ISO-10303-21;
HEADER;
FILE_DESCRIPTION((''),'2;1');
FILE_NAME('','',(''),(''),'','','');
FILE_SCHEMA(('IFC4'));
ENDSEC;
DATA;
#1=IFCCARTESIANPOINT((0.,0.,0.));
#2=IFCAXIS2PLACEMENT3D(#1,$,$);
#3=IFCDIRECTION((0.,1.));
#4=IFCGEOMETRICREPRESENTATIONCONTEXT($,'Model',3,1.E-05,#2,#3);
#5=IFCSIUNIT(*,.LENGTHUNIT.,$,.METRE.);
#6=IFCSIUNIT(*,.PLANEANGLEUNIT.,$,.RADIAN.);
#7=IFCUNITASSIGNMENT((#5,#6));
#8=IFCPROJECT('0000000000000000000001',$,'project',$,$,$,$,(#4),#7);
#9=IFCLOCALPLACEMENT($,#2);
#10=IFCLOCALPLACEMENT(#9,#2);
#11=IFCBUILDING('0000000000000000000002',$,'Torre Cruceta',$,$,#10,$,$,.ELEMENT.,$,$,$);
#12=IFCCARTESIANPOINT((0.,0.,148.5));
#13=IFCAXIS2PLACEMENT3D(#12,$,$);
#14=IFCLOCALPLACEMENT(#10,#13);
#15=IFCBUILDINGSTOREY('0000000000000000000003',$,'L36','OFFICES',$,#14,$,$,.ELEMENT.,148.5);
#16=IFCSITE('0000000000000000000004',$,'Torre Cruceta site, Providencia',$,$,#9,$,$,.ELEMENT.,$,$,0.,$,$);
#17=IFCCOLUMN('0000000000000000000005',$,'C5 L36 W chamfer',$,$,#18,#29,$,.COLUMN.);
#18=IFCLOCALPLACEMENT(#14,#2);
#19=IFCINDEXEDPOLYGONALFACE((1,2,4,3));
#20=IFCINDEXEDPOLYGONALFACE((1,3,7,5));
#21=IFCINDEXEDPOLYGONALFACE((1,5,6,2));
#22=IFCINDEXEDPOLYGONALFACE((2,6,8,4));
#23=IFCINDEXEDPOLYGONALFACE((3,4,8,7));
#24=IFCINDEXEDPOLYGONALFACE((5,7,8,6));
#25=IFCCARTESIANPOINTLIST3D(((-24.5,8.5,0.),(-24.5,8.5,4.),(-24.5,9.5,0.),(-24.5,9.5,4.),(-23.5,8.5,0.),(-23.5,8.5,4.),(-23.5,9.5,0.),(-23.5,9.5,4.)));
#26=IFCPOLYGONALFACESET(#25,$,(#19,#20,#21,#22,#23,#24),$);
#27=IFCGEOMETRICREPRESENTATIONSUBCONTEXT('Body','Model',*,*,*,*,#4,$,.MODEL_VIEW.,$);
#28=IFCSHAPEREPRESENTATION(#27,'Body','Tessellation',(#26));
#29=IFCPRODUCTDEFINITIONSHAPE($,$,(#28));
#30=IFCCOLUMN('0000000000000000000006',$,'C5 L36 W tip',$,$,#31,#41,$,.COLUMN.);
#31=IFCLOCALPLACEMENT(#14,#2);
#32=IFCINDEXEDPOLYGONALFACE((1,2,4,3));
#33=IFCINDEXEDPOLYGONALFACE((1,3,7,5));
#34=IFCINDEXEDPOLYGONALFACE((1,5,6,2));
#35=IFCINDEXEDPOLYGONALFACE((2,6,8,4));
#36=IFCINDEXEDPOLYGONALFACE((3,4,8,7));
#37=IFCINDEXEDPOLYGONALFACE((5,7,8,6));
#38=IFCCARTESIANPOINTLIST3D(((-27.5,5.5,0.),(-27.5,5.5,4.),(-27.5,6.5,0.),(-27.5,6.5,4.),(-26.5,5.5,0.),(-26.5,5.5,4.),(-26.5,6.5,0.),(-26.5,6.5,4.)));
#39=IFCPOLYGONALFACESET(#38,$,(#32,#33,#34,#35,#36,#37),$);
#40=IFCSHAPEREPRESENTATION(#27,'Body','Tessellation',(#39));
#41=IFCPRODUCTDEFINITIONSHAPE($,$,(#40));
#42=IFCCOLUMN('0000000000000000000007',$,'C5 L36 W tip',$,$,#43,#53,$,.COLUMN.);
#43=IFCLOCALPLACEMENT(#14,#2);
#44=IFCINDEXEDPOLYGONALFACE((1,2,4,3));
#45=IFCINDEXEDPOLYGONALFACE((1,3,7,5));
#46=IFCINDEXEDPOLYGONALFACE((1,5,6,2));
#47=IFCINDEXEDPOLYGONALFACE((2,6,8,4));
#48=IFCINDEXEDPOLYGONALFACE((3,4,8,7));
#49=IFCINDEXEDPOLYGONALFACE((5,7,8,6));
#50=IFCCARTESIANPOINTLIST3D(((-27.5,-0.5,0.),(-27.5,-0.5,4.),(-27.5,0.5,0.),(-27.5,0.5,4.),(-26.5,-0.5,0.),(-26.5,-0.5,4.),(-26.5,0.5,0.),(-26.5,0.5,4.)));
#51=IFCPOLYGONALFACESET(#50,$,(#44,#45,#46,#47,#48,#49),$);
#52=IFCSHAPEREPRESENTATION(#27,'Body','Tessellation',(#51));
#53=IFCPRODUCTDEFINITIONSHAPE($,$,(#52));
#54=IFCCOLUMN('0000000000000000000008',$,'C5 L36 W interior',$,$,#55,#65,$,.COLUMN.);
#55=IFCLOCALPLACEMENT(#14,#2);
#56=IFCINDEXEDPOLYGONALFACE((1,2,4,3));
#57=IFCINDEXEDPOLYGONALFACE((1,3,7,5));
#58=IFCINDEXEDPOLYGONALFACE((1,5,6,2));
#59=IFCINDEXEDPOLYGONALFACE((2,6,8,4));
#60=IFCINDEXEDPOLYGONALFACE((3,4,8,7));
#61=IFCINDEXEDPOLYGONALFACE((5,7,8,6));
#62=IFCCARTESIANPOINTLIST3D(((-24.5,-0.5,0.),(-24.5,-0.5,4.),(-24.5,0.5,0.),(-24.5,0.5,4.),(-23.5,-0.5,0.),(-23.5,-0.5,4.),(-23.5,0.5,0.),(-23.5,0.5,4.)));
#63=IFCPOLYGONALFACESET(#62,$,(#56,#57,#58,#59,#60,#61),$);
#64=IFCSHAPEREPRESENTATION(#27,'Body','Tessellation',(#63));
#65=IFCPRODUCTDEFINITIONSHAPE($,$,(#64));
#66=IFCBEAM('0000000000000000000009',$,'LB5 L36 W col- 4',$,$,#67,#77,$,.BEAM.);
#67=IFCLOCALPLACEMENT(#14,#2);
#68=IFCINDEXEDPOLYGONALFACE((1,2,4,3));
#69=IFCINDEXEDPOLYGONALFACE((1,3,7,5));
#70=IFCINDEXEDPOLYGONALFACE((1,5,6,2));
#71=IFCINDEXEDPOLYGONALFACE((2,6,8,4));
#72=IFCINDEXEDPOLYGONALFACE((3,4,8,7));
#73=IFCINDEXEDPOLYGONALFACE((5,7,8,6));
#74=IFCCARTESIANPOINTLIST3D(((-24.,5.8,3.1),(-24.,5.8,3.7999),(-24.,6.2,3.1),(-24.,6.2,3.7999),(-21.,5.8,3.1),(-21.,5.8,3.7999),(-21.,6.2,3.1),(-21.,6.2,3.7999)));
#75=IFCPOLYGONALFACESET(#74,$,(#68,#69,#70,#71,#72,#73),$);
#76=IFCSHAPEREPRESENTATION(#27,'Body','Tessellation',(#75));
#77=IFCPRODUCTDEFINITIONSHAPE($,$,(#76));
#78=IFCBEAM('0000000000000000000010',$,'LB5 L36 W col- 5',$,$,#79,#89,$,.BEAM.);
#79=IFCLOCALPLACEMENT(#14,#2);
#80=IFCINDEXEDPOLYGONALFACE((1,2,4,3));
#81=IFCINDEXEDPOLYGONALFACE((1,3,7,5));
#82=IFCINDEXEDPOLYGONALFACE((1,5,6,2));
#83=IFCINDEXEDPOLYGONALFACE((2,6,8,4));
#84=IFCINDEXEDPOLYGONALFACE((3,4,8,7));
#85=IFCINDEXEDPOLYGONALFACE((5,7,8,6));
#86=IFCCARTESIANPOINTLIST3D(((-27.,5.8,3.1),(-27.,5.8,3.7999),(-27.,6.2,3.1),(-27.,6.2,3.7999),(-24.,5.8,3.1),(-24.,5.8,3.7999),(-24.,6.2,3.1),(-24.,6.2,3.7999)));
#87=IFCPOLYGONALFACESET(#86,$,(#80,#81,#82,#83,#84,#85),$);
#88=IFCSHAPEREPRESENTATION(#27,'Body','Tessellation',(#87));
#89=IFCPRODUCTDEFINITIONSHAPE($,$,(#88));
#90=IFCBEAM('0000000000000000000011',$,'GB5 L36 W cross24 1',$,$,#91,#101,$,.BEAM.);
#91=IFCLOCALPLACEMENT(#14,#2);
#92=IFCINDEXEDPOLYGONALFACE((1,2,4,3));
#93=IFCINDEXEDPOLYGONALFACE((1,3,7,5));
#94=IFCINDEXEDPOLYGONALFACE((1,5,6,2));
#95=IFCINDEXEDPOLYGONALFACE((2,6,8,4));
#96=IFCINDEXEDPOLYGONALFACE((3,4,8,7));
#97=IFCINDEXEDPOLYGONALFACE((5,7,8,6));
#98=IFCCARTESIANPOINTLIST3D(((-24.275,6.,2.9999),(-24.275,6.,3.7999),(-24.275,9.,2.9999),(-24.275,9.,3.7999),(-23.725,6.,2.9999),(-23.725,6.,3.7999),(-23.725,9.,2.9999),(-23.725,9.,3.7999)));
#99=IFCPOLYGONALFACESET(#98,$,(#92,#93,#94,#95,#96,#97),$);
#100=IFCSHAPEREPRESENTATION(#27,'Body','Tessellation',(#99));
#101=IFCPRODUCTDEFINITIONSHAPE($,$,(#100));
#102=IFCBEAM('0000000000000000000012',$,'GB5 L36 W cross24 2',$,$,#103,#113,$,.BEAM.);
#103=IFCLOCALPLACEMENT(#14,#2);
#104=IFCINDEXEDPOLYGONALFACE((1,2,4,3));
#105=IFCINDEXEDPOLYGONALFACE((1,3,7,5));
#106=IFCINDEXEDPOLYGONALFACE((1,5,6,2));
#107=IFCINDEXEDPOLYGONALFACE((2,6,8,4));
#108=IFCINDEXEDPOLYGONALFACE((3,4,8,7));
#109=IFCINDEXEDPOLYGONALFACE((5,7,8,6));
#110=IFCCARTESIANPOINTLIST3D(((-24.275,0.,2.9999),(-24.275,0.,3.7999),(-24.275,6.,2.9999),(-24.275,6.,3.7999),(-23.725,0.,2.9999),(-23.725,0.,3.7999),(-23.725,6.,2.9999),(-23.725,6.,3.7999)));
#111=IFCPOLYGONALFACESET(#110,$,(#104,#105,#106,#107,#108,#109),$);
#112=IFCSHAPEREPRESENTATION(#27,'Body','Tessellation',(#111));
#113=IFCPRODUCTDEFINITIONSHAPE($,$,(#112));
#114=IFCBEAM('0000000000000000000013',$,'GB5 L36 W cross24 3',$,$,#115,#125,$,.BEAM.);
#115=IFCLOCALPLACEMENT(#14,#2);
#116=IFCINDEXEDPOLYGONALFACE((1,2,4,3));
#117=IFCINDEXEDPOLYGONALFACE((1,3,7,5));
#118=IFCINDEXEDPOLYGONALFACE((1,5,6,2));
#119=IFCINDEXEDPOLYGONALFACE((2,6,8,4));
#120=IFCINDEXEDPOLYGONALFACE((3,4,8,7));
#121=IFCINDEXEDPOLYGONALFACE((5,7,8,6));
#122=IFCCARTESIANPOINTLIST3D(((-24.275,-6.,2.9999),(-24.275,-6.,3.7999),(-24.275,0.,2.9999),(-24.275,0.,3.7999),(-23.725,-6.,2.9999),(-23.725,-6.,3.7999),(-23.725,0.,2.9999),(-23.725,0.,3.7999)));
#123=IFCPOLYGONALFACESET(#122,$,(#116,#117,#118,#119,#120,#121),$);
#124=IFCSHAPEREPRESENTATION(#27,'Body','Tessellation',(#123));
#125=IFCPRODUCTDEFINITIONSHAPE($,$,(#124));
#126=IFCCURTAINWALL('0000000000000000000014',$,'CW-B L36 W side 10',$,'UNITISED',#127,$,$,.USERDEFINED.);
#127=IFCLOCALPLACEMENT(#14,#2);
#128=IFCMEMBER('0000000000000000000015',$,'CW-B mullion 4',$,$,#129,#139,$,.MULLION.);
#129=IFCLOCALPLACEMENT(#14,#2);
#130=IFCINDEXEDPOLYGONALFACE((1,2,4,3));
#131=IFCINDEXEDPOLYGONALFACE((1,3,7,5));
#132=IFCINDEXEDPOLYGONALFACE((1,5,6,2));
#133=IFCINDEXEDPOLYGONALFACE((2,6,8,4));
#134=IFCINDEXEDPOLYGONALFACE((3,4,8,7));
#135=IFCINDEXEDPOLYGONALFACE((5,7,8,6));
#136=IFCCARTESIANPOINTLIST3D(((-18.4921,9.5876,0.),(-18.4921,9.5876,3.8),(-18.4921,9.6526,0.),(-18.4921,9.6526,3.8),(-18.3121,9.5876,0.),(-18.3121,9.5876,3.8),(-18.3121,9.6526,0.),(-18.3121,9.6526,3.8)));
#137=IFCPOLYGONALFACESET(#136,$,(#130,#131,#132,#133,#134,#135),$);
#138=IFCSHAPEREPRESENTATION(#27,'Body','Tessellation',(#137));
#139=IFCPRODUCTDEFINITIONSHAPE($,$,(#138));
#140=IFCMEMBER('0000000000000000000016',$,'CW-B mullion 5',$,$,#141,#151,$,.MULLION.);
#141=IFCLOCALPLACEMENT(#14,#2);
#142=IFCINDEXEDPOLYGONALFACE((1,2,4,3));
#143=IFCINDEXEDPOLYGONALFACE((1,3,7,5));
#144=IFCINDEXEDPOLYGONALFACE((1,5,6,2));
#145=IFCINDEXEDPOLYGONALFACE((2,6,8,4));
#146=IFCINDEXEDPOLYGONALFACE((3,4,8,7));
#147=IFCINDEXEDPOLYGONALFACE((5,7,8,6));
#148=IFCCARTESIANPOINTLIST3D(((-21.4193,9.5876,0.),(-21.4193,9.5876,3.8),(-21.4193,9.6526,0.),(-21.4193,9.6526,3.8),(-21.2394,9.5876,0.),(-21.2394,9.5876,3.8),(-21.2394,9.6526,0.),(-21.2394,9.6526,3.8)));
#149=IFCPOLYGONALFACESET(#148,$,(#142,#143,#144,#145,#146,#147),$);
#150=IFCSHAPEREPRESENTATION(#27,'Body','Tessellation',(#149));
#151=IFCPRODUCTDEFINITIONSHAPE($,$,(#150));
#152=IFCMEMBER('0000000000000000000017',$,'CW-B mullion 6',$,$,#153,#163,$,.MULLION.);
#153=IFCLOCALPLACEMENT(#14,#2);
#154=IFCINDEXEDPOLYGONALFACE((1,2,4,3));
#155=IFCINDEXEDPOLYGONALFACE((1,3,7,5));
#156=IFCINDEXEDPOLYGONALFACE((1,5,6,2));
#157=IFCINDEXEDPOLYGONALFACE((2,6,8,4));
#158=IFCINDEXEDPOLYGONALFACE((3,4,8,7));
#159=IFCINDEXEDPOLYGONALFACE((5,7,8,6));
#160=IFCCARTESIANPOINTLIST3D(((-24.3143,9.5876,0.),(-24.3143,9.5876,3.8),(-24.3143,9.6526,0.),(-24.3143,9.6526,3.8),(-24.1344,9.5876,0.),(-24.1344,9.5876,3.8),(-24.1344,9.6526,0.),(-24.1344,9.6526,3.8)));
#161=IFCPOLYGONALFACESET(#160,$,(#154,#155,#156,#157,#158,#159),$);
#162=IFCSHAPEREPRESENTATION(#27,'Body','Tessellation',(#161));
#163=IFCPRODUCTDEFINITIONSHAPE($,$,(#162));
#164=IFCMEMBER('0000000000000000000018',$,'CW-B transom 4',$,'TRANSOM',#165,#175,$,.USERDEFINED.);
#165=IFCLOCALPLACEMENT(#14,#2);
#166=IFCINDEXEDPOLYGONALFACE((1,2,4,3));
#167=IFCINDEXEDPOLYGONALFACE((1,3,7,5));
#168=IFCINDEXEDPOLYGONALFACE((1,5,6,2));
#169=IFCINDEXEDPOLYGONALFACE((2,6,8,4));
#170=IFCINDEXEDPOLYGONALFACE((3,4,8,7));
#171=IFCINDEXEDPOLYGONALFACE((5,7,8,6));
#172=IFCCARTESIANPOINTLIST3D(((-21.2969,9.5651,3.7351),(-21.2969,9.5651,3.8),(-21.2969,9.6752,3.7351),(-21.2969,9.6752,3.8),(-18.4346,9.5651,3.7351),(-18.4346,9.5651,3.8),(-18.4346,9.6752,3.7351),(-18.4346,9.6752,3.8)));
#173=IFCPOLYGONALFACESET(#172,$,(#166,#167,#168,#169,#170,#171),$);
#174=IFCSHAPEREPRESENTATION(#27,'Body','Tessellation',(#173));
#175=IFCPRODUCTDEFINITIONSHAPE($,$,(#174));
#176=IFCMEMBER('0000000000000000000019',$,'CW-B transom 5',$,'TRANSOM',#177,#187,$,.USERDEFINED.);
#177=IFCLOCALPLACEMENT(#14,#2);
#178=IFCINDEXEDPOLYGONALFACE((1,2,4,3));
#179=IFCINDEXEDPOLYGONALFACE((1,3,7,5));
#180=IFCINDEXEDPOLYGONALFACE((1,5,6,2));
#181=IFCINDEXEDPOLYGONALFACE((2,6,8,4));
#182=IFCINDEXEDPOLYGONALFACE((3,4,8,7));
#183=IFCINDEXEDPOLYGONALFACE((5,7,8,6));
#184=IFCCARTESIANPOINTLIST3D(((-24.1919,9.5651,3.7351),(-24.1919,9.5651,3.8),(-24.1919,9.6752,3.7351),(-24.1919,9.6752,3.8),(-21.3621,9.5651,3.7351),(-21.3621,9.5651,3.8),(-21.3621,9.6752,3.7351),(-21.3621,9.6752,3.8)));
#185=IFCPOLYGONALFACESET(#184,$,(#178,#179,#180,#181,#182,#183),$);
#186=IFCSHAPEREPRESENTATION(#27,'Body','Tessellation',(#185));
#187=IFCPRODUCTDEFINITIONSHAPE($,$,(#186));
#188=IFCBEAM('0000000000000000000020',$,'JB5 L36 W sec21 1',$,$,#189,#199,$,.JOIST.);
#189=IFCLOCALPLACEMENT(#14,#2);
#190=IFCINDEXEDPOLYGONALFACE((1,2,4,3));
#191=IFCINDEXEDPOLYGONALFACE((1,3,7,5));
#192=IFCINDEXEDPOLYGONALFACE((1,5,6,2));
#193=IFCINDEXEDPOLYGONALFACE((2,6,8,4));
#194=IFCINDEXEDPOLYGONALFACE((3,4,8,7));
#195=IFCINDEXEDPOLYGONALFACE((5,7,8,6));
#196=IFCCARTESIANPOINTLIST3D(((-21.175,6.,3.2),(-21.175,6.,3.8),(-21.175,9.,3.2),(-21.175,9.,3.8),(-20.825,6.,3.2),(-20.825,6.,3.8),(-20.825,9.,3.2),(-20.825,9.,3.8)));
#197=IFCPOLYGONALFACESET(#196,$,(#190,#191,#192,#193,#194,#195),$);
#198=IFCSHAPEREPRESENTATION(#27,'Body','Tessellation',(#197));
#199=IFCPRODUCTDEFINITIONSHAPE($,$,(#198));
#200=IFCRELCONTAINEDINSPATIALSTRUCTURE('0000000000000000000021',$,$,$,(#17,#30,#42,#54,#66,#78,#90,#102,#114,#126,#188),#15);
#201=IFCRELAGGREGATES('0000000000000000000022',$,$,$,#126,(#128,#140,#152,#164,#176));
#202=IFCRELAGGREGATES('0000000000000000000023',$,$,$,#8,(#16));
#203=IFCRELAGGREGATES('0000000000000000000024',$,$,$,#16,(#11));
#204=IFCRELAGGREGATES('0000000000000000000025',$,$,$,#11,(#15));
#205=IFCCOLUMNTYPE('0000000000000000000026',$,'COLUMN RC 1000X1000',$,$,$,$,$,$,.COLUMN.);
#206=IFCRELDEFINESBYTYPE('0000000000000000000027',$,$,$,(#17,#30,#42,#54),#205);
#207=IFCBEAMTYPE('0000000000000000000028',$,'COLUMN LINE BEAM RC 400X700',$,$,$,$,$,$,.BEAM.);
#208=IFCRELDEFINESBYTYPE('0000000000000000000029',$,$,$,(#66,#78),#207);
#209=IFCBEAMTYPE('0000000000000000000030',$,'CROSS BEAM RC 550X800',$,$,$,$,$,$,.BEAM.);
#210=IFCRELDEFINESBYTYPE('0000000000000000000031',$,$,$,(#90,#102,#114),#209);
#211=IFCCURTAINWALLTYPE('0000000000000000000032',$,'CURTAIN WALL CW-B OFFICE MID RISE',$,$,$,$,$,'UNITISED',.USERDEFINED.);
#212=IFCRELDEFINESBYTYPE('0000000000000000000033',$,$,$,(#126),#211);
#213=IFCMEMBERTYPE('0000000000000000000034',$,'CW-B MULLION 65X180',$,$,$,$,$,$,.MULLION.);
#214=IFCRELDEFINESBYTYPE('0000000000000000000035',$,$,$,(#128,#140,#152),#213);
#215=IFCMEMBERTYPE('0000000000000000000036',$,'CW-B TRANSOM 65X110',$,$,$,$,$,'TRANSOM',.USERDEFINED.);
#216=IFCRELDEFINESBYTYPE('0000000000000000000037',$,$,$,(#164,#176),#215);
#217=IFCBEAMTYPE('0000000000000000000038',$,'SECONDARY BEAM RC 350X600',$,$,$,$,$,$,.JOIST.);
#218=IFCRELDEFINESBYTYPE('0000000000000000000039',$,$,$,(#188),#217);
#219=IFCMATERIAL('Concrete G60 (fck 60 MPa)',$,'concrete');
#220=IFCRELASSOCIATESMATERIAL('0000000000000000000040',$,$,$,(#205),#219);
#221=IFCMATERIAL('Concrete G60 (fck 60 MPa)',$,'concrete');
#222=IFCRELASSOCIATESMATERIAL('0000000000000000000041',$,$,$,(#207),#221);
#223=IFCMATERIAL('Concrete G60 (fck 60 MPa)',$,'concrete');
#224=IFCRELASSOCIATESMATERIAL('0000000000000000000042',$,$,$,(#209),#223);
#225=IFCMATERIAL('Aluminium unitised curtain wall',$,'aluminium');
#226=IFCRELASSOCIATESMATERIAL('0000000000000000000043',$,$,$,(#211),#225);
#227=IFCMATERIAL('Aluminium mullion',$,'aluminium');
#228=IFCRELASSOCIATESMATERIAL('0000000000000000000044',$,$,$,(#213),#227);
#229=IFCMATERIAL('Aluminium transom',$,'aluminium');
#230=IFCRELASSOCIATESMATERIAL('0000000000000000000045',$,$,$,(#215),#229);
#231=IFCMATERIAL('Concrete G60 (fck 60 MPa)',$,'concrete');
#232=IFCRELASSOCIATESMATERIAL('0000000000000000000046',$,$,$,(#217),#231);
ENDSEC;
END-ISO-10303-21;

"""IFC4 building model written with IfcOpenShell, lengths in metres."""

from ifc_helpers import new_model, si_unit, direction, frame, origin, origin_2d, place, context, subcontext, project, spatial, rectangle, extrude, material, material_profile, profile_set, type_object, element, aggregate, save


model = new_model("IFC4")

# Units and contexts
model_context = context("Model", 3, precision=1e-05, world=origin(), true_north=direction((0.0, 1.0)))
body_context = subcontext(model_context, "Body", "Model", "MODEL_VIEW")
ifc_project = project(units=[si_unit("LENGTHUNIT", "METRE"), si_unit("PLANEANGLEUNIT", "RADIAN")], contexts=[model_context])

# Site, building, storey
site_placement = place(None, origin())
site = spatial("IfcSite", under=ifc_project, at=site_placement, Name="Torre Cruceta site, Providencia", CompositionType="ELEMENT", RefElevation=0.0)
building_placement = place(site_placement, origin())
building = spatial("IfcBuilding", under=site, at=building_placement, Name="Torre Cruceta", CompositionType="ELEMENT")
storey_placement = place(building_placement, frame((0.0, 0.0, 148.5)))
storey = spatial("IfcBuildingStorey", under=building, at=storey_placement, Name="L36", Description="OFFICES", CompositionType="ELEMENT", Elevation=148.5)

# Columns
ifc_material_1 = material(Name="Concrete G60 (fck 60 MPa)", Category="concrete")
ifc_material_profile_1 = material_profile(ifc_material_1, rectangle(XDim=1.0, YDim=1.0, at=origin_2d()), Name="RC 1000X1000")
ifc_profile_set_1 = profile_set([ifc_material_profile_1], Name="Concrete G60 (fck 60 MPa)")
column_type = type_object("IfcColumnType", Name="COLUMN RC 1000X1000", PredefinedType="COLUMN", material=ifc_profile_set_1)
for number, where, z_axis, x_axis, name in (
    (1, (-24.0, 9.0, 0.0), (0.0, 0.0, 1.0), (1.0, 0.0, 0.0), "C5 L36 W chamfer"),
    (2, (-27.0, 6.0, 0.0), (0.0, 0.0, 1.0), (1.0, 0.0, 0.0), "C5 L36 W tip"),
    (3, (-27.0, 0.0, 0.0), (0.0, 0.0, 1.0), (1.0, 0.0, 0.0), "C5 L36 W tip"),
    (4, (-24.0, 0.0, 0.0), (0.0, 0.0, 1.0), (1.0, 0.0, 0.0), "C5 L36 W interior"),
):
    element("IfcColumn", number, at=place(storey_placement, frame(where, z_axis=z_axis, x_axis=x_axis)), inside=storey, type_object=column_type, Name=name, PredefinedType="COLUMN", context=body_context, shape_type="SweptSolid", body=[
        extrude(rectangle(XDim=1.0, YDim=1.0, at=origin_2d()), origin(), (0.0, 0.0, 1.0), 4.0),
    ])

# Beams
ifc_material_2 = material(Name="Concrete G60 (fck 60 MPa)", Category="concrete")
ifc_material_profile_2 = material_profile(ifc_material_2, rectangle(XDim=0.3999, YDim=0.7, at=origin_2d()), Name="RC 400X700")
ifc_profile_set_2 = profile_set([ifc_material_profile_2], Name="Concrete G60 (fck 60 MPa)")
beam_type_1 = type_object("IfcBeamType", Name="COLUMN LINE BEAM RC 400X700", PredefinedType="BEAM", material=ifc_profile_set_2)
for number, where, z_axis, x_axis, name in (
    (5, (-21.0, 6.0, 3.45), (-1.0, 0.0, 0.0), (0.0, -1.0, 0.0), "LB5 L36 W col- 4"),
    (6, (-24.0, 6.0, 3.45), (-1.0, 0.0, 0.0), (0.0, -1.0, 0.0), "LB5 L36 W col- 5"),
):
    element("IfcBeam", number, at=place(storey_placement, frame(where, z_axis=z_axis, x_axis=x_axis)), inside=storey, type_object=beam_type_1, Name=name, PredefinedType="BEAM", context=body_context, shape_type="SweptSolid", body=[
        extrude(rectangle(XDim=0.3999, YDim=0.7, at=origin_2d()), origin(), (0.0, 0.0, 1.0), 3.0),
    ])
ifc_material_3 = material(Name="Concrete G60 (fck 60 MPa)", Category="concrete")
ifc_material_profile_3 = material_profile(ifc_material_3, rectangle(XDim=0.55, YDim=0.8, at=origin_2d()), Name="RC 550X800")
ifc_profile_set_3 = profile_set([ifc_material_profile_3], Name="Concrete G60 (fck 60 MPa)")
beam_type_2 = type_object("IfcBeamType", Name="CROSS BEAM RC 550X800", PredefinedType="BEAM", material=ifc_profile_set_3)
beam_1_placement = place(storey_placement, frame((-24.0, 9.0, 3.3999), z_axis=(0.0, -1.0, 0.0), x_axis=(1.0, 0.0, 0.0)))
element("IfcBeam", 7, at=beam_1_placement, inside=storey, type_object=beam_type_2, Name="GB5 L36 W cross24 1", PredefinedType="BEAM", context=body_context, shape_type="SweptSolid", body=[
    extrude(rectangle(XDim=0.55, YDim=0.8, at=origin_2d()), origin(), (0.0, 0.0, 1.0), 3.0),
])
for number, where, z_axis, x_axis, name in (
    (8, (-24.0, 6.0, 3.3999), (0.0, -1.0, 0.0), (1.0, 0.0, 0.0), "GB5 L36 W cross24 2"),
    (9, (-24.0, 0.0, 3.3999), (0.0, -1.0, 0.0), (1.0, 0.0, 0.0), "GB5 L36 W cross24 3"),
):
    element("IfcBeam", number, at=place(storey_placement, frame(where, z_axis=z_axis, x_axis=x_axis)), inside=storey, type_object=beam_type_2, Name=name, PredefinedType="BEAM", context=body_context, shape_type="SweptSolid", body=[
        extrude(rectangle(XDim=0.55, YDim=0.8, at=origin_2d()), origin(), (0.0, 0.0, 1.0), 6.0),
    ])

# Curtain wall, members
ifc_material_4 = material(Name="Aluminium unitised curtain wall", Category="aluminium")
curtain_wall_type = type_object("IfcCurtainWallType", Name="CURTAIN WALL CW-B OFFICE MID RISE", ElementType="UNITISED", PredefinedType="USERDEFINED", material=ifc_material_4)
curtain_wall_placement = place(storey_placement, origin())
curtain_wall = element("IfcCurtainWall", 10, at=curtain_wall_placement, inside=storey, type_object=curtain_wall_type, Name="CW-B L36 W side 10", ObjectType="UNITISED", PredefinedType="USERDEFINED")
ifc_material_5 = material(Name="Aluminium mullion", Category="aluminium")
ifc_material_profile_4 = material_profile(ifc_material_5, rectangle(XDim=0.0649, YDim=0.1799, at=origin_2d()), Name="AL 65X180")
ifc_profile_set_4 = profile_set([ifc_material_profile_4], Name="Aluminium mullion")
member_type_1 = type_object("IfcMemberType", Name="CW-B MULLION 65X180", PredefinedType="MULLION", material=ifc_profile_set_4)
member_1_placement = place(storey_placement, frame((-18.4021, 9.6201, 0.0), z_axis=(0.0, 0.0, 1.0), x_axis=(0.0, -1.0, 0.0)))
member_1 = element("IfcMember", 11, at=member_1_placement, type_object=member_type_1, Name="CW-B mullion 4", PredefinedType="MULLION", context=body_context, shape_type="SweptSolid", body=[
    extrude(rectangle(XDim=0.0649, YDim=0.1799, at=origin_2d()), origin(), (0.0, 0.0, 1.0), 3.8),
])
member_2_placement = place(storey_placement, frame((-21.3293, 9.6201, 0.0), z_axis=(0.0, 0.0, 1.0), x_axis=(0.0, -1.0, 0.0)))
member_2 = element("IfcMember", 12, at=member_2_placement, type_object=member_type_1, Name="CW-B mullion 5", PredefinedType="MULLION", context=body_context, shape_type="SweptSolid", body=[
    extrude(rectangle(XDim=0.0649, YDim=0.1799, at=origin_2d()), origin(), (0.0, 0.0, 1.0), 3.8),
])
member_3_placement = place(storey_placement, frame((-24.2244, 9.6201, 0.0), z_axis=(0.0, 0.0, 1.0), x_axis=(0.0, -1.0, 0.0)))
member_3 = element("IfcMember", 13, at=member_3_placement, type_object=member_type_1, Name="CW-B mullion 6", PredefinedType="MULLION", context=body_context, shape_type="SweptSolid", body=[
    extrude(rectangle(XDim=0.0649, YDim=0.1799, at=origin_2d()), origin(), (0.0, 0.0, 1.0), 3.8),
])
ifc_material_6 = material(Name="Aluminium transom", Category="aluminium")
ifc_material_profile_5 = material_profile(ifc_material_6, rectangle(XDim=0.1101, YDim=0.0649, at=origin_2d()), Name="AL 110X65")
ifc_profile_set_5 = profile_set([ifc_material_profile_5], Name="Aluminium transom")
member_type_2 = type_object("IfcMemberType", Name="CW-B TRANSOM 65X110", ElementType="TRANSOM", PredefinedType="USERDEFINED", material=ifc_profile_set_5)
member_4_placement = place(storey_placement, frame((-18.4346, 9.6201, 3.7676), z_axis=(-1.0, 0.0, 0.0), x_axis=(0.0, -1.0, 0.0)))
member_4 = element("IfcMember", 14, at=member_4_placement, type_object=member_type_2, Name="CW-B transom 4", ObjectType="TRANSOM", PredefinedType="USERDEFINED", context=body_context, shape_type="SweptSolid", body=[
    extrude(rectangle(XDim=0.1101, YDim=0.0649, at=origin_2d()), origin(), (0.0, 0.0, 1.0), 2.8623),
])
member_5_placement = place(storey_placement, frame((-21.3621, 9.6201, 3.7676), z_axis=(-1.0, 0.0, 0.0), x_axis=(0.0, -1.0, 0.0)))
member_5 = element("IfcMember", 15, at=member_5_placement, type_object=member_type_2, Name="CW-B transom 5", ObjectType="TRANSOM", PredefinedType="USERDEFINED", context=body_context, shape_type="SweptSolid", body=[
    extrude(rectangle(XDim=0.1101, YDim=0.0649, at=origin_2d()), origin(), (0.0, 0.0, 1.0), 2.8298),
])

# Beam
ifc_material_7 = material(Name="Concrete G60 (fck 60 MPa)", Category="concrete")
ifc_material_profile_6 = material_profile(ifc_material_7, rectangle(XDim=0.3501, YDim=0.6001, at=origin_2d()), Name="RC 350X600")
ifc_profile_set_6 = profile_set([ifc_material_profile_6], Name="Concrete G60 (fck 60 MPa)")
beam_type_3 = type_object("IfcBeamType", Name="SECONDARY BEAM RC 350X600", PredefinedType="JOIST", material=ifc_profile_set_6)
beam_2_placement = place(storey_placement, frame((-21.0, 9.0, 3.5), z_axis=(0.0, -1.0, 0.0), x_axis=(1.0, 0.0, 0.0)))
element("IfcBeam", 16, at=beam_2_placement, inside=storey, type_object=beam_type_3, Name="JB5 L36 W sec21 1", PredefinedType="JOIST", context=body_context, shape_type="SweptSolid", body=[
    extrude(rectangle(XDim=0.3501, YDim=0.6001, at=origin_2d()), origin(), (0.0, 0.0, 1.0), 3.0),
])

aggregate(curtain_wall, [member_1, member_2, member_3, member_4, member_5])

save(model, "model.ifc")
